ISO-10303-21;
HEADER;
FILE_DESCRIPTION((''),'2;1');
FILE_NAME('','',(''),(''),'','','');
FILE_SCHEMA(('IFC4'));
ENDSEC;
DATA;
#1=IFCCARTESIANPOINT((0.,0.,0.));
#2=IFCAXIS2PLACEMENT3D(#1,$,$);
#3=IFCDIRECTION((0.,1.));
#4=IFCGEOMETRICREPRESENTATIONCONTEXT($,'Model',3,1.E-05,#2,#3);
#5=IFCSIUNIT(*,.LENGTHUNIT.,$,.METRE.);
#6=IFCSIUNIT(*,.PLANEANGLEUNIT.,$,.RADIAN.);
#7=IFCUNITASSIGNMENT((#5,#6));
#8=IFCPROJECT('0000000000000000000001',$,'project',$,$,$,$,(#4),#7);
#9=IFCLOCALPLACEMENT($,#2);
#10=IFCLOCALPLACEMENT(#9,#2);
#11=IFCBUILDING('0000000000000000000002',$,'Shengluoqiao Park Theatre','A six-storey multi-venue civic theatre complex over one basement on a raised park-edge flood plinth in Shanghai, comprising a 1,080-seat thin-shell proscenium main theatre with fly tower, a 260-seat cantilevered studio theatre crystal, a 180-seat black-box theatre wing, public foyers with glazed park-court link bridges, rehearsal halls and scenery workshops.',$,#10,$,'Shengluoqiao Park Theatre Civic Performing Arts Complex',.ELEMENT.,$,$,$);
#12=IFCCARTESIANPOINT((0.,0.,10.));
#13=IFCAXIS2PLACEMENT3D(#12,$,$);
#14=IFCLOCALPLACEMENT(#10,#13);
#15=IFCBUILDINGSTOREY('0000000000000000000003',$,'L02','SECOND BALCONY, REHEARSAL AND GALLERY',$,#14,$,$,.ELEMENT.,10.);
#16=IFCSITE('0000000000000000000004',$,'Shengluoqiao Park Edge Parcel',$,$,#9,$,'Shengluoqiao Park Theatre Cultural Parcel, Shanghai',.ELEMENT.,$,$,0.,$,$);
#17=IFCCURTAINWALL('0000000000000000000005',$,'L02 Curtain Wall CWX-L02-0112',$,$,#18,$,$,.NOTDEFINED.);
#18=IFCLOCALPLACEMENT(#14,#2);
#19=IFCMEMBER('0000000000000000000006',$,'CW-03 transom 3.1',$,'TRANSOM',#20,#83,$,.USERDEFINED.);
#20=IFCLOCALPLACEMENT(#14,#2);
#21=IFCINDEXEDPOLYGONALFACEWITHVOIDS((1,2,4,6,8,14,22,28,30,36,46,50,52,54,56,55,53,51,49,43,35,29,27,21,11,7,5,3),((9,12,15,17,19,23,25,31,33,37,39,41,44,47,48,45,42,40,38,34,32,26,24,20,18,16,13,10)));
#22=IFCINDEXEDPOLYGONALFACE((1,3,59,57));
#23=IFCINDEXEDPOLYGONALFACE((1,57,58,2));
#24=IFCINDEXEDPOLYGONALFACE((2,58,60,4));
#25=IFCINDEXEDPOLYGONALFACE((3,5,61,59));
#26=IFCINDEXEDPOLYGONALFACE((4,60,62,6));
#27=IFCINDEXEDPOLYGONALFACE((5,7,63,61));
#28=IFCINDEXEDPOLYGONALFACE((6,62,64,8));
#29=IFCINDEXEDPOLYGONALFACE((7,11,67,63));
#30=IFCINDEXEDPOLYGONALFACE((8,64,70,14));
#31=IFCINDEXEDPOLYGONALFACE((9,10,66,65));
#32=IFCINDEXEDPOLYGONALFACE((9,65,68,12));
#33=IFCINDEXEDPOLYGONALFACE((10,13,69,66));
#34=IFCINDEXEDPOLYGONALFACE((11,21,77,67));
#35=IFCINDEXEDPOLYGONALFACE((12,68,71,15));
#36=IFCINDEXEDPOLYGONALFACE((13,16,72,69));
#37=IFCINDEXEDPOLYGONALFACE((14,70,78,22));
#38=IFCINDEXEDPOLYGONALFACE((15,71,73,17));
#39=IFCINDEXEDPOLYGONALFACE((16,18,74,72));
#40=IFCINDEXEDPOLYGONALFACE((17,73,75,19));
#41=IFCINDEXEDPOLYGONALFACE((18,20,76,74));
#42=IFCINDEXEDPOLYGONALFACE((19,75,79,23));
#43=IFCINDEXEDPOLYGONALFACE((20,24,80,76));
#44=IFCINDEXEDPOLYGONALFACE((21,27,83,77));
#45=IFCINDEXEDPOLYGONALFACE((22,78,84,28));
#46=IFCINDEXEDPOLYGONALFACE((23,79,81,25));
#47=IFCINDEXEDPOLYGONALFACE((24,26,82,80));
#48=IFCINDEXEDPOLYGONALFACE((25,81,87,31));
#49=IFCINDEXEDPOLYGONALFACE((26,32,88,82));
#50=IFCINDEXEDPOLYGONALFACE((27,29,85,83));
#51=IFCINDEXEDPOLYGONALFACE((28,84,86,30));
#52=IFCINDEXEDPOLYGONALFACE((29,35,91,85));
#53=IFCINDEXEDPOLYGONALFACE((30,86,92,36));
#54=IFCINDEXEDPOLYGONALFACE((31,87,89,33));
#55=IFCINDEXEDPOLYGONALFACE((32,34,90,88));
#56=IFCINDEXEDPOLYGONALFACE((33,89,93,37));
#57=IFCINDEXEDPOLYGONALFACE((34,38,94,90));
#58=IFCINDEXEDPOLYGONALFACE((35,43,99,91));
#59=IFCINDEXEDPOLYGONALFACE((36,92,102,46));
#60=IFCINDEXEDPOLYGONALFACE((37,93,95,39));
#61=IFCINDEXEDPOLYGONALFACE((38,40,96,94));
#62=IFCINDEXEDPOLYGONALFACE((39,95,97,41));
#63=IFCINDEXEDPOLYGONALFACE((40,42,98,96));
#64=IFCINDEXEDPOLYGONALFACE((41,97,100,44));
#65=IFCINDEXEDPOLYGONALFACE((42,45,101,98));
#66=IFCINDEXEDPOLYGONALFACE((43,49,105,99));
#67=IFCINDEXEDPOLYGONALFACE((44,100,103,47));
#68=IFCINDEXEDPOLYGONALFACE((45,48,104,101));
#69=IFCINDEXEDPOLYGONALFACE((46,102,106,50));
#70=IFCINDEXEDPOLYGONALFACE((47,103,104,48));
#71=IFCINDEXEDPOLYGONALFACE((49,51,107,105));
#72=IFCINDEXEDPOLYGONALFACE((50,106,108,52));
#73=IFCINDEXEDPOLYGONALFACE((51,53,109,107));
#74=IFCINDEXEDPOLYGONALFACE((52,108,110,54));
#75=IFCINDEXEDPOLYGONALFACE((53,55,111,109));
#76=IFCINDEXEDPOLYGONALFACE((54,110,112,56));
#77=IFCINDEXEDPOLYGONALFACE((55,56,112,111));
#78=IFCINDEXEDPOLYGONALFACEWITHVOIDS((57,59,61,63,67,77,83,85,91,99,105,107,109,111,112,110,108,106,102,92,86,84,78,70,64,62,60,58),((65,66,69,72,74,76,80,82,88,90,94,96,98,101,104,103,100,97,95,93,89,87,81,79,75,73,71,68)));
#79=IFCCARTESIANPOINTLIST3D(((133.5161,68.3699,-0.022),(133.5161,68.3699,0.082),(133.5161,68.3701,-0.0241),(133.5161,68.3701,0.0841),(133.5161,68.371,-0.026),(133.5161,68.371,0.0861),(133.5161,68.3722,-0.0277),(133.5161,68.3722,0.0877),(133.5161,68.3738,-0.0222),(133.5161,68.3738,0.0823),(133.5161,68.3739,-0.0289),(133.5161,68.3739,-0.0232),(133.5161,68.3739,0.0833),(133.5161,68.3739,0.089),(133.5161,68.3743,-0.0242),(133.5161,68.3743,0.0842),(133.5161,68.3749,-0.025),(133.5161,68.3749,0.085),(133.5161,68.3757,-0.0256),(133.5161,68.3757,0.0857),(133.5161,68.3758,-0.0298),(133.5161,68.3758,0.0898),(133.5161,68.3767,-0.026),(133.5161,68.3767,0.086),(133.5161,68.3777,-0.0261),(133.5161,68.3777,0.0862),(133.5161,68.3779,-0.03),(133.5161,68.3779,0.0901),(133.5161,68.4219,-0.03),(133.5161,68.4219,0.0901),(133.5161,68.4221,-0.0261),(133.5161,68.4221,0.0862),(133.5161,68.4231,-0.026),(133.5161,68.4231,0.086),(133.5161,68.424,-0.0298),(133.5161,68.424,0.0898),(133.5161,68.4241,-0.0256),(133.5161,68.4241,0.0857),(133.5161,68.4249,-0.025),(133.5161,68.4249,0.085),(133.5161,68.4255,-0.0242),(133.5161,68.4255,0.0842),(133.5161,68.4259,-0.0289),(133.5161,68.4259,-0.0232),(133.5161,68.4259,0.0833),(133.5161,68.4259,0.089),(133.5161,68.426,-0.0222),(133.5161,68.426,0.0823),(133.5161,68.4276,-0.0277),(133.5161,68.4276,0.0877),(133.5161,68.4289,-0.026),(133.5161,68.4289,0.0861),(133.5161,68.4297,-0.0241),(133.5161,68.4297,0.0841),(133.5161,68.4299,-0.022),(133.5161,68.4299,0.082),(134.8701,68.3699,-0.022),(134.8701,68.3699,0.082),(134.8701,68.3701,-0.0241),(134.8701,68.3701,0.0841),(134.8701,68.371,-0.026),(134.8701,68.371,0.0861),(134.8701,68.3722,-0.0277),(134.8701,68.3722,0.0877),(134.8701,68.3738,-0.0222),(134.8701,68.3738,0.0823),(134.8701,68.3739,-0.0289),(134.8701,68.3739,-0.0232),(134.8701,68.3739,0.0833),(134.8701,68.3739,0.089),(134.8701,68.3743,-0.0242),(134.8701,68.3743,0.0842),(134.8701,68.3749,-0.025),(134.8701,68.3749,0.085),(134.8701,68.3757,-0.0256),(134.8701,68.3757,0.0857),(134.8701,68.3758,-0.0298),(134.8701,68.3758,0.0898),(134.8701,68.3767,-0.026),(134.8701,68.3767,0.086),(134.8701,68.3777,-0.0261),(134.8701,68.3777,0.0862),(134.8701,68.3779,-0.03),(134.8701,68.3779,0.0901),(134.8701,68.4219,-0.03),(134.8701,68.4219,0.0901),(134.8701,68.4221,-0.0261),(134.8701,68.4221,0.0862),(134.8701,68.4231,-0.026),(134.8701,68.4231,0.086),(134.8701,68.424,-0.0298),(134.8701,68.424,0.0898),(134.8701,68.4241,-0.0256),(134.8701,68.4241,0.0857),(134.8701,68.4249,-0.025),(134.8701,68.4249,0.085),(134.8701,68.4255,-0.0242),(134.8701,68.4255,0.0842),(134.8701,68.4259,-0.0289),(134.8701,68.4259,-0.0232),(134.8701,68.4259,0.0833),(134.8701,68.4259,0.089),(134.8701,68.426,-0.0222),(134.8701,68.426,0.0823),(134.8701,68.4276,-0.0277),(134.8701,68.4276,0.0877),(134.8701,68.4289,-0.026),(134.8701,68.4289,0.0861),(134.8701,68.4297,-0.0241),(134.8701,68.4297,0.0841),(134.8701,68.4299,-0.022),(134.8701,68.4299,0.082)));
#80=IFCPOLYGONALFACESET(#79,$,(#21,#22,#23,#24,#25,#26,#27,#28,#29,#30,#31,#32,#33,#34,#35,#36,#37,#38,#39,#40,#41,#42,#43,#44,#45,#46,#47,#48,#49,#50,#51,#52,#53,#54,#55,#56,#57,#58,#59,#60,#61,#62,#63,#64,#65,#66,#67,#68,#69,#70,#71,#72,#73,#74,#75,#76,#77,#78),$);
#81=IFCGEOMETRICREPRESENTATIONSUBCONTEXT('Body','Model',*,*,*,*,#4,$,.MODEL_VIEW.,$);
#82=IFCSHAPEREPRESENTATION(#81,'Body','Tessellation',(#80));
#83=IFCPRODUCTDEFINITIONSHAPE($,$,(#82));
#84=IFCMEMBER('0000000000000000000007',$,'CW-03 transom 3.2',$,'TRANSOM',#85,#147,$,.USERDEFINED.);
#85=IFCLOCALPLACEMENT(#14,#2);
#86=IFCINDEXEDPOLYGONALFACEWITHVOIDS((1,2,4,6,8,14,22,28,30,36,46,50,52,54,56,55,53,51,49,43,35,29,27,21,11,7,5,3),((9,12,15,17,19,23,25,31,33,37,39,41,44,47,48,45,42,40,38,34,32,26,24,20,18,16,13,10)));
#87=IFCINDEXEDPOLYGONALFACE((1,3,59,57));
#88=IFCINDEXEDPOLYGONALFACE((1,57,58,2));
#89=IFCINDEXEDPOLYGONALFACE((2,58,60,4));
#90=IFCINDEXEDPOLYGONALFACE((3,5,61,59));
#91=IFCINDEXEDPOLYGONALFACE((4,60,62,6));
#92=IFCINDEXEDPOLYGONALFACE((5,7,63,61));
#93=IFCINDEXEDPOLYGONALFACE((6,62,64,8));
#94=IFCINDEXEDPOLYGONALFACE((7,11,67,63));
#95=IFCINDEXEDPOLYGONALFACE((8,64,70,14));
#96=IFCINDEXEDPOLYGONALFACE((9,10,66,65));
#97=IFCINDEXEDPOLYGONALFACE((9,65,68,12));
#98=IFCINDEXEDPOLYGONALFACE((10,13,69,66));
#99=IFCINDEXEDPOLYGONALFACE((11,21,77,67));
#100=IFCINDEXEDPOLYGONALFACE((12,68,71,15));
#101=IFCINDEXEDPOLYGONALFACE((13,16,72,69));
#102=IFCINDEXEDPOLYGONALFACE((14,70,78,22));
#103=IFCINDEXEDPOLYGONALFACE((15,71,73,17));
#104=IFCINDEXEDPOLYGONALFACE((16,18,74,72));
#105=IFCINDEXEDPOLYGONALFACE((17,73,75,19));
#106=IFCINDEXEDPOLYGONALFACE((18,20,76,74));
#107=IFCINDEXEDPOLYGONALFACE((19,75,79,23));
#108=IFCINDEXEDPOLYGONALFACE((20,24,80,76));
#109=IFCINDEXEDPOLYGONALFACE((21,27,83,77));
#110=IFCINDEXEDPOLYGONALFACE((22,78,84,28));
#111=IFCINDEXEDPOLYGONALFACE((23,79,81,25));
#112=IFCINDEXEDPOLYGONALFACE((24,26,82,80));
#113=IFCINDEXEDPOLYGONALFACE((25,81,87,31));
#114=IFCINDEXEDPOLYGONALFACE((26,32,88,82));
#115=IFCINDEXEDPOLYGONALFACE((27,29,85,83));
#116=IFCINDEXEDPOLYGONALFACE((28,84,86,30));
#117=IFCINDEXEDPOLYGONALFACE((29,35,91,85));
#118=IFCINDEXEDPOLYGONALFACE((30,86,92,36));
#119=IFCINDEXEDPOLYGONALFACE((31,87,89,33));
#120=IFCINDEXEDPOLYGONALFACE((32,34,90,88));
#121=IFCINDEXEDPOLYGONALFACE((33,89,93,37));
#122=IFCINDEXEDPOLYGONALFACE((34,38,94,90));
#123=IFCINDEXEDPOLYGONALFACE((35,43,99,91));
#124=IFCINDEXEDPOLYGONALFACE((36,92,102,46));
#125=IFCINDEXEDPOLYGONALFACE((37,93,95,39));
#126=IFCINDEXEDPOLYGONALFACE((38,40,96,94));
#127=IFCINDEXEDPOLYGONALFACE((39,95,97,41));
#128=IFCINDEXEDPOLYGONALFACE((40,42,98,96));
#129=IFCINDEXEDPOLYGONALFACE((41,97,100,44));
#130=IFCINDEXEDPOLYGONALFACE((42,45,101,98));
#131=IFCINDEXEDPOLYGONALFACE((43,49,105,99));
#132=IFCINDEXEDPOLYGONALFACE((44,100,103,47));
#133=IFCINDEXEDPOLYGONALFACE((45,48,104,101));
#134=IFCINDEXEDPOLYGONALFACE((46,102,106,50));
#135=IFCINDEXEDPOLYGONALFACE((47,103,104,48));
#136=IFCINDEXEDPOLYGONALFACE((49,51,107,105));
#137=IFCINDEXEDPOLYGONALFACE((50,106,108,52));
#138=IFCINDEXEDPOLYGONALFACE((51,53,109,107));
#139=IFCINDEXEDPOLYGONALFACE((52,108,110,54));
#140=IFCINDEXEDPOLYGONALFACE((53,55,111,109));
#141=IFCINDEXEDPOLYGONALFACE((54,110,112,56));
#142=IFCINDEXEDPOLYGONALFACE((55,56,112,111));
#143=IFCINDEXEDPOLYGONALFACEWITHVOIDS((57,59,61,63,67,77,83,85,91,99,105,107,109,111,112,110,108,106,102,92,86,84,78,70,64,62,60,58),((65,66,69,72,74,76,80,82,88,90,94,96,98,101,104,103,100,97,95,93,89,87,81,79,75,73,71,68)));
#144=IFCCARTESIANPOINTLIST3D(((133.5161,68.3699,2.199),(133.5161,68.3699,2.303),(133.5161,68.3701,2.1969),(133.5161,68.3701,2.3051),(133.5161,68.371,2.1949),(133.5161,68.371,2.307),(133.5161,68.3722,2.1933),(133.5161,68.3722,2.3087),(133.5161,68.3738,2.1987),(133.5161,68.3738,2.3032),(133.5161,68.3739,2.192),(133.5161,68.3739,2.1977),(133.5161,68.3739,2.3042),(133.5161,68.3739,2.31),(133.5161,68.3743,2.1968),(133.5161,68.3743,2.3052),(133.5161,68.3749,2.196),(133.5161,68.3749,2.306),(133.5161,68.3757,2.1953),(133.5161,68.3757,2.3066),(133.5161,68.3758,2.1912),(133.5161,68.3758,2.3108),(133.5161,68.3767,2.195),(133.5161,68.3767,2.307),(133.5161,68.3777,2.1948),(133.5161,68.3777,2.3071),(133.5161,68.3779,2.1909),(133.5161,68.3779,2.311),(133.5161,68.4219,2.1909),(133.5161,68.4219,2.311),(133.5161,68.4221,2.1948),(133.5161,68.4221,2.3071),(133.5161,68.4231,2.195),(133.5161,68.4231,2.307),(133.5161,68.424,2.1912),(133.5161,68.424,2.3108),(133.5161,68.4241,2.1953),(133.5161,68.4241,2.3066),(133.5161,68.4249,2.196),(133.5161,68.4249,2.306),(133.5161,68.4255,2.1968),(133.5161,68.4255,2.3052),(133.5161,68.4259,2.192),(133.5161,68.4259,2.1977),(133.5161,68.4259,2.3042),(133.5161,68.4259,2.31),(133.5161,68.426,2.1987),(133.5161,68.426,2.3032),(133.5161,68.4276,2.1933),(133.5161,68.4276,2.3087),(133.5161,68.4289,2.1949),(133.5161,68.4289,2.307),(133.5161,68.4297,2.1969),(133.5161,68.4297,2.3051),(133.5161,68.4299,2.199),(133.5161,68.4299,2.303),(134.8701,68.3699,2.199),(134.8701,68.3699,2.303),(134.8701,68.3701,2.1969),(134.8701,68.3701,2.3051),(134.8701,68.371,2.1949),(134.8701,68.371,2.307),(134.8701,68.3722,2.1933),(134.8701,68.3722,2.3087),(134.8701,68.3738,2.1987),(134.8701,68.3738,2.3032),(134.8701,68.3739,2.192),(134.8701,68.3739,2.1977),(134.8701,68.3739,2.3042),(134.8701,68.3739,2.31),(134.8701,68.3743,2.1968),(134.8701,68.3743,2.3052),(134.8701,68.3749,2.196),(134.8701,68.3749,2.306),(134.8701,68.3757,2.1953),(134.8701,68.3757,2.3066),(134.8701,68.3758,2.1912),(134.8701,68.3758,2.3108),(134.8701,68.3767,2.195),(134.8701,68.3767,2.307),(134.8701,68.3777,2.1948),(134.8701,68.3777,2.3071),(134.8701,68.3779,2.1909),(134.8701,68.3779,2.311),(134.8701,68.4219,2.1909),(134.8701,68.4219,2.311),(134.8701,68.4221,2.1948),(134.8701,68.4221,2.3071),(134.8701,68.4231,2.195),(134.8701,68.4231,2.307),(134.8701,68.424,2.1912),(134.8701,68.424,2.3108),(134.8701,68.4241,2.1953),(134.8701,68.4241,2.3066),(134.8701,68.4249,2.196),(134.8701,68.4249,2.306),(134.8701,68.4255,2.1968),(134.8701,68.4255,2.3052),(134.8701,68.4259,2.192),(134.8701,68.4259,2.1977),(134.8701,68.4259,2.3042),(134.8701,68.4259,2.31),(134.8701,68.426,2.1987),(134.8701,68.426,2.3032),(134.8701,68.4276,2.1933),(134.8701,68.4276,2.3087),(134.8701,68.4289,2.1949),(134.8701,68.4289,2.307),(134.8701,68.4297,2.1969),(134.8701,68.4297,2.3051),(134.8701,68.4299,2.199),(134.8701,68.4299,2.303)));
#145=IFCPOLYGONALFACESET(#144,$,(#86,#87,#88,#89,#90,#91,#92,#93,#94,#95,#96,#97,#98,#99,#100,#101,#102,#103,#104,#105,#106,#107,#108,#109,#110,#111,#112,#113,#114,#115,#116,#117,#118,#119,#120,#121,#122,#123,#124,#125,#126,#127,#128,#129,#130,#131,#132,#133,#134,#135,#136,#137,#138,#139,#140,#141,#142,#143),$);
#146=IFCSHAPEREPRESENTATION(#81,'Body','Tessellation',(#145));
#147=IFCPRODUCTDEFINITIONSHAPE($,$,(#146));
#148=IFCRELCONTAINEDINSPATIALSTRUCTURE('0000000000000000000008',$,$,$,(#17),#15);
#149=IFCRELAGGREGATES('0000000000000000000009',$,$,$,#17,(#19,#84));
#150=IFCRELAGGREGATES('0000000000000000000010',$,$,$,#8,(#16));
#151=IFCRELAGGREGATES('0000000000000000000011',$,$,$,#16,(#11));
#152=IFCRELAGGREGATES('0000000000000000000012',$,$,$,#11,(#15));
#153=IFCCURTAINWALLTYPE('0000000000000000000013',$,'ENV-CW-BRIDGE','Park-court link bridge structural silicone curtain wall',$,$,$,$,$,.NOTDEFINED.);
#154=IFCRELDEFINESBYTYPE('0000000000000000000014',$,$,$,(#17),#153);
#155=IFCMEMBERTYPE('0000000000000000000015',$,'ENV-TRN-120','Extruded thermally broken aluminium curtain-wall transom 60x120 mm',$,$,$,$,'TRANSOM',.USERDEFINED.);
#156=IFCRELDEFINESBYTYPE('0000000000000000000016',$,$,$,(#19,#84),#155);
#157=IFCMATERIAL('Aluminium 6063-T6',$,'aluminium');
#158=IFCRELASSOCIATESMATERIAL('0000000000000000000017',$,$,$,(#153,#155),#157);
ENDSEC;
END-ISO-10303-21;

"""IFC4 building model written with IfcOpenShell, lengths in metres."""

from ifc_helpers import new_model, si_unit, direction, frame, origin, origin_2d, place, context, subcontext, project, spatial, hollow_rectangle, extrude, material, material_profile, profile_set, type_object, element, aggregate, save


model = new_model("IFC4")

# Units and contexts
model_context = context("Model", 3, precision=1e-05, world=origin(), true_north=direction((0.0, 1.0)))
body_context = subcontext(model_context, "Body", "Model", "MODEL_VIEW")
ifc_project = project(units=[si_unit("LENGTHUNIT", "METRE"), si_unit("PLANEANGLEUNIT", "RADIAN")], contexts=[model_context])

# Site, building, storey
site_placement = place(None, origin())
site = spatial("IfcSite", under=ifc_project, at=site_placement, Name="Shengluoqiao Park Edge Parcel", LongName="Shengluoqiao Park Theatre Cultural Parcel, Shanghai", CompositionType="ELEMENT", RefElevation=0.0)
building_placement = place(site_placement, origin())
building = spatial("IfcBuilding", under=site, at=building_placement, Name="Shengluoqiao Park Theatre", Description="A six-storey multi-venue civic theatre complex over one basement on a raised park-edge flood plinth in Shanghai, comprising a 1,080-seat thin-shell proscenium main theatre with fly tower, a 260-seat cantilevered studio theatre crystal, a 180-seat black-box theatre wing, public foyers with glazed park-court link bridges, rehearsal halls and scenery workshops.", LongName="Shengluoqiao Park Theatre Civic Performing Arts Complex", CompositionType="ELEMENT")
storey_placement = place(building_placement, frame((0.0, 0.0, 10.0)))
storey = spatial("IfcBuildingStorey", under=building, at=storey_placement, Name="L02", Description="SECOND BALCONY, REHEARSAL AND GALLERY", CompositionType="ELEMENT", Elevation=10.0)

# Curtain wall, members
ifc_material_1 = material(Name="Aluminium 6063-T6", Category="aluminium")
curtain_wall_type = type_object("IfcCurtainWallType", Name="ENV-CW-BRIDGE", Description="Park-court link bridge structural silicone curtain wall", PredefinedType="NOTDEFINED", material=ifc_material_1)
curtain_wall_placement = place(storey_placement, origin())
curtain_wall = element("IfcCurtainWall", 1, at=curtain_wall_placement, inside=storey, type_object=curtain_wall_type, Name="L02 Curtain Wall CWX-L02-0112", PredefinedType="NOTDEFINED")
ifc_material_profile_1 = material_profile(ifc_material_1, hollow_rectangle(XDim=0.0601, YDim=0.1201, WallThickness=0.0039, InnerFilletRadius=0.0039, OuterFilletRadius=0.0081, at=origin_2d()), Name="ALU TRANSOM 120x60x4")
ifc_profile_set_1 = profile_set([ifc_material_profile_1], Name="Aluminium 6063-T6")
member_type_1 = type_object("IfcMemberType", Name="ENV-TRN-120", Description="Extruded thermally broken aluminium curtain-wall transom 60x120 mm", ElementType="TRANSOM", PredefinedType="USERDEFINED", material=ifc_profile_set_1)
member_1_placement = place(storey_placement, frame((133.5161, 68.3999, 0.03), z_axis=(1.0, 0.0, 0.0), x_axis=(0.0, 1.0, 0.0)))
member_1 = element("IfcMember", 2, at=member_1_placement, type_object=member_type_1, Name="CW-03 transom 3.1", ObjectType="TRANSOM", PredefinedType="USERDEFINED", context=body_context, shape_type="SweptSolid", body=[
    extrude(hollow_rectangle(XDim=0.0601, YDim=0.1201, WallThickness=0.0039, InnerFilletRadius=0.0039, OuterFilletRadius=0.0081, at=origin_2d()), origin(), (0.0, 0.0, 1.0), 1.354),
])
member_2_placement = place(storey_placement, frame((133.5161, 68.3999, 2.251), z_axis=(1.0, 0.0, 0.0), x_axis=(0.0, 1.0, 0.0)))
member_2 = element("IfcMember", 3, at=member_2_placement, type_object=member_type_1, Name="CW-03 transom 3.2", ObjectType="TRANSOM", PredefinedType="USERDEFINED", context=body_context, shape_type="SweptSolid", body=[
    extrude(hollow_rectangle(XDim=0.0601, YDim=0.1201, WallThickness=0.0039, InnerFilletRadius=0.0039, OuterFilletRadius=0.0081, at=origin_2d()), origin(), (0.0, 0.0, 1.0), 1.354),
])

aggregate(curtain_wall, [member_1, member_2])

save(model, "model.ifc")
